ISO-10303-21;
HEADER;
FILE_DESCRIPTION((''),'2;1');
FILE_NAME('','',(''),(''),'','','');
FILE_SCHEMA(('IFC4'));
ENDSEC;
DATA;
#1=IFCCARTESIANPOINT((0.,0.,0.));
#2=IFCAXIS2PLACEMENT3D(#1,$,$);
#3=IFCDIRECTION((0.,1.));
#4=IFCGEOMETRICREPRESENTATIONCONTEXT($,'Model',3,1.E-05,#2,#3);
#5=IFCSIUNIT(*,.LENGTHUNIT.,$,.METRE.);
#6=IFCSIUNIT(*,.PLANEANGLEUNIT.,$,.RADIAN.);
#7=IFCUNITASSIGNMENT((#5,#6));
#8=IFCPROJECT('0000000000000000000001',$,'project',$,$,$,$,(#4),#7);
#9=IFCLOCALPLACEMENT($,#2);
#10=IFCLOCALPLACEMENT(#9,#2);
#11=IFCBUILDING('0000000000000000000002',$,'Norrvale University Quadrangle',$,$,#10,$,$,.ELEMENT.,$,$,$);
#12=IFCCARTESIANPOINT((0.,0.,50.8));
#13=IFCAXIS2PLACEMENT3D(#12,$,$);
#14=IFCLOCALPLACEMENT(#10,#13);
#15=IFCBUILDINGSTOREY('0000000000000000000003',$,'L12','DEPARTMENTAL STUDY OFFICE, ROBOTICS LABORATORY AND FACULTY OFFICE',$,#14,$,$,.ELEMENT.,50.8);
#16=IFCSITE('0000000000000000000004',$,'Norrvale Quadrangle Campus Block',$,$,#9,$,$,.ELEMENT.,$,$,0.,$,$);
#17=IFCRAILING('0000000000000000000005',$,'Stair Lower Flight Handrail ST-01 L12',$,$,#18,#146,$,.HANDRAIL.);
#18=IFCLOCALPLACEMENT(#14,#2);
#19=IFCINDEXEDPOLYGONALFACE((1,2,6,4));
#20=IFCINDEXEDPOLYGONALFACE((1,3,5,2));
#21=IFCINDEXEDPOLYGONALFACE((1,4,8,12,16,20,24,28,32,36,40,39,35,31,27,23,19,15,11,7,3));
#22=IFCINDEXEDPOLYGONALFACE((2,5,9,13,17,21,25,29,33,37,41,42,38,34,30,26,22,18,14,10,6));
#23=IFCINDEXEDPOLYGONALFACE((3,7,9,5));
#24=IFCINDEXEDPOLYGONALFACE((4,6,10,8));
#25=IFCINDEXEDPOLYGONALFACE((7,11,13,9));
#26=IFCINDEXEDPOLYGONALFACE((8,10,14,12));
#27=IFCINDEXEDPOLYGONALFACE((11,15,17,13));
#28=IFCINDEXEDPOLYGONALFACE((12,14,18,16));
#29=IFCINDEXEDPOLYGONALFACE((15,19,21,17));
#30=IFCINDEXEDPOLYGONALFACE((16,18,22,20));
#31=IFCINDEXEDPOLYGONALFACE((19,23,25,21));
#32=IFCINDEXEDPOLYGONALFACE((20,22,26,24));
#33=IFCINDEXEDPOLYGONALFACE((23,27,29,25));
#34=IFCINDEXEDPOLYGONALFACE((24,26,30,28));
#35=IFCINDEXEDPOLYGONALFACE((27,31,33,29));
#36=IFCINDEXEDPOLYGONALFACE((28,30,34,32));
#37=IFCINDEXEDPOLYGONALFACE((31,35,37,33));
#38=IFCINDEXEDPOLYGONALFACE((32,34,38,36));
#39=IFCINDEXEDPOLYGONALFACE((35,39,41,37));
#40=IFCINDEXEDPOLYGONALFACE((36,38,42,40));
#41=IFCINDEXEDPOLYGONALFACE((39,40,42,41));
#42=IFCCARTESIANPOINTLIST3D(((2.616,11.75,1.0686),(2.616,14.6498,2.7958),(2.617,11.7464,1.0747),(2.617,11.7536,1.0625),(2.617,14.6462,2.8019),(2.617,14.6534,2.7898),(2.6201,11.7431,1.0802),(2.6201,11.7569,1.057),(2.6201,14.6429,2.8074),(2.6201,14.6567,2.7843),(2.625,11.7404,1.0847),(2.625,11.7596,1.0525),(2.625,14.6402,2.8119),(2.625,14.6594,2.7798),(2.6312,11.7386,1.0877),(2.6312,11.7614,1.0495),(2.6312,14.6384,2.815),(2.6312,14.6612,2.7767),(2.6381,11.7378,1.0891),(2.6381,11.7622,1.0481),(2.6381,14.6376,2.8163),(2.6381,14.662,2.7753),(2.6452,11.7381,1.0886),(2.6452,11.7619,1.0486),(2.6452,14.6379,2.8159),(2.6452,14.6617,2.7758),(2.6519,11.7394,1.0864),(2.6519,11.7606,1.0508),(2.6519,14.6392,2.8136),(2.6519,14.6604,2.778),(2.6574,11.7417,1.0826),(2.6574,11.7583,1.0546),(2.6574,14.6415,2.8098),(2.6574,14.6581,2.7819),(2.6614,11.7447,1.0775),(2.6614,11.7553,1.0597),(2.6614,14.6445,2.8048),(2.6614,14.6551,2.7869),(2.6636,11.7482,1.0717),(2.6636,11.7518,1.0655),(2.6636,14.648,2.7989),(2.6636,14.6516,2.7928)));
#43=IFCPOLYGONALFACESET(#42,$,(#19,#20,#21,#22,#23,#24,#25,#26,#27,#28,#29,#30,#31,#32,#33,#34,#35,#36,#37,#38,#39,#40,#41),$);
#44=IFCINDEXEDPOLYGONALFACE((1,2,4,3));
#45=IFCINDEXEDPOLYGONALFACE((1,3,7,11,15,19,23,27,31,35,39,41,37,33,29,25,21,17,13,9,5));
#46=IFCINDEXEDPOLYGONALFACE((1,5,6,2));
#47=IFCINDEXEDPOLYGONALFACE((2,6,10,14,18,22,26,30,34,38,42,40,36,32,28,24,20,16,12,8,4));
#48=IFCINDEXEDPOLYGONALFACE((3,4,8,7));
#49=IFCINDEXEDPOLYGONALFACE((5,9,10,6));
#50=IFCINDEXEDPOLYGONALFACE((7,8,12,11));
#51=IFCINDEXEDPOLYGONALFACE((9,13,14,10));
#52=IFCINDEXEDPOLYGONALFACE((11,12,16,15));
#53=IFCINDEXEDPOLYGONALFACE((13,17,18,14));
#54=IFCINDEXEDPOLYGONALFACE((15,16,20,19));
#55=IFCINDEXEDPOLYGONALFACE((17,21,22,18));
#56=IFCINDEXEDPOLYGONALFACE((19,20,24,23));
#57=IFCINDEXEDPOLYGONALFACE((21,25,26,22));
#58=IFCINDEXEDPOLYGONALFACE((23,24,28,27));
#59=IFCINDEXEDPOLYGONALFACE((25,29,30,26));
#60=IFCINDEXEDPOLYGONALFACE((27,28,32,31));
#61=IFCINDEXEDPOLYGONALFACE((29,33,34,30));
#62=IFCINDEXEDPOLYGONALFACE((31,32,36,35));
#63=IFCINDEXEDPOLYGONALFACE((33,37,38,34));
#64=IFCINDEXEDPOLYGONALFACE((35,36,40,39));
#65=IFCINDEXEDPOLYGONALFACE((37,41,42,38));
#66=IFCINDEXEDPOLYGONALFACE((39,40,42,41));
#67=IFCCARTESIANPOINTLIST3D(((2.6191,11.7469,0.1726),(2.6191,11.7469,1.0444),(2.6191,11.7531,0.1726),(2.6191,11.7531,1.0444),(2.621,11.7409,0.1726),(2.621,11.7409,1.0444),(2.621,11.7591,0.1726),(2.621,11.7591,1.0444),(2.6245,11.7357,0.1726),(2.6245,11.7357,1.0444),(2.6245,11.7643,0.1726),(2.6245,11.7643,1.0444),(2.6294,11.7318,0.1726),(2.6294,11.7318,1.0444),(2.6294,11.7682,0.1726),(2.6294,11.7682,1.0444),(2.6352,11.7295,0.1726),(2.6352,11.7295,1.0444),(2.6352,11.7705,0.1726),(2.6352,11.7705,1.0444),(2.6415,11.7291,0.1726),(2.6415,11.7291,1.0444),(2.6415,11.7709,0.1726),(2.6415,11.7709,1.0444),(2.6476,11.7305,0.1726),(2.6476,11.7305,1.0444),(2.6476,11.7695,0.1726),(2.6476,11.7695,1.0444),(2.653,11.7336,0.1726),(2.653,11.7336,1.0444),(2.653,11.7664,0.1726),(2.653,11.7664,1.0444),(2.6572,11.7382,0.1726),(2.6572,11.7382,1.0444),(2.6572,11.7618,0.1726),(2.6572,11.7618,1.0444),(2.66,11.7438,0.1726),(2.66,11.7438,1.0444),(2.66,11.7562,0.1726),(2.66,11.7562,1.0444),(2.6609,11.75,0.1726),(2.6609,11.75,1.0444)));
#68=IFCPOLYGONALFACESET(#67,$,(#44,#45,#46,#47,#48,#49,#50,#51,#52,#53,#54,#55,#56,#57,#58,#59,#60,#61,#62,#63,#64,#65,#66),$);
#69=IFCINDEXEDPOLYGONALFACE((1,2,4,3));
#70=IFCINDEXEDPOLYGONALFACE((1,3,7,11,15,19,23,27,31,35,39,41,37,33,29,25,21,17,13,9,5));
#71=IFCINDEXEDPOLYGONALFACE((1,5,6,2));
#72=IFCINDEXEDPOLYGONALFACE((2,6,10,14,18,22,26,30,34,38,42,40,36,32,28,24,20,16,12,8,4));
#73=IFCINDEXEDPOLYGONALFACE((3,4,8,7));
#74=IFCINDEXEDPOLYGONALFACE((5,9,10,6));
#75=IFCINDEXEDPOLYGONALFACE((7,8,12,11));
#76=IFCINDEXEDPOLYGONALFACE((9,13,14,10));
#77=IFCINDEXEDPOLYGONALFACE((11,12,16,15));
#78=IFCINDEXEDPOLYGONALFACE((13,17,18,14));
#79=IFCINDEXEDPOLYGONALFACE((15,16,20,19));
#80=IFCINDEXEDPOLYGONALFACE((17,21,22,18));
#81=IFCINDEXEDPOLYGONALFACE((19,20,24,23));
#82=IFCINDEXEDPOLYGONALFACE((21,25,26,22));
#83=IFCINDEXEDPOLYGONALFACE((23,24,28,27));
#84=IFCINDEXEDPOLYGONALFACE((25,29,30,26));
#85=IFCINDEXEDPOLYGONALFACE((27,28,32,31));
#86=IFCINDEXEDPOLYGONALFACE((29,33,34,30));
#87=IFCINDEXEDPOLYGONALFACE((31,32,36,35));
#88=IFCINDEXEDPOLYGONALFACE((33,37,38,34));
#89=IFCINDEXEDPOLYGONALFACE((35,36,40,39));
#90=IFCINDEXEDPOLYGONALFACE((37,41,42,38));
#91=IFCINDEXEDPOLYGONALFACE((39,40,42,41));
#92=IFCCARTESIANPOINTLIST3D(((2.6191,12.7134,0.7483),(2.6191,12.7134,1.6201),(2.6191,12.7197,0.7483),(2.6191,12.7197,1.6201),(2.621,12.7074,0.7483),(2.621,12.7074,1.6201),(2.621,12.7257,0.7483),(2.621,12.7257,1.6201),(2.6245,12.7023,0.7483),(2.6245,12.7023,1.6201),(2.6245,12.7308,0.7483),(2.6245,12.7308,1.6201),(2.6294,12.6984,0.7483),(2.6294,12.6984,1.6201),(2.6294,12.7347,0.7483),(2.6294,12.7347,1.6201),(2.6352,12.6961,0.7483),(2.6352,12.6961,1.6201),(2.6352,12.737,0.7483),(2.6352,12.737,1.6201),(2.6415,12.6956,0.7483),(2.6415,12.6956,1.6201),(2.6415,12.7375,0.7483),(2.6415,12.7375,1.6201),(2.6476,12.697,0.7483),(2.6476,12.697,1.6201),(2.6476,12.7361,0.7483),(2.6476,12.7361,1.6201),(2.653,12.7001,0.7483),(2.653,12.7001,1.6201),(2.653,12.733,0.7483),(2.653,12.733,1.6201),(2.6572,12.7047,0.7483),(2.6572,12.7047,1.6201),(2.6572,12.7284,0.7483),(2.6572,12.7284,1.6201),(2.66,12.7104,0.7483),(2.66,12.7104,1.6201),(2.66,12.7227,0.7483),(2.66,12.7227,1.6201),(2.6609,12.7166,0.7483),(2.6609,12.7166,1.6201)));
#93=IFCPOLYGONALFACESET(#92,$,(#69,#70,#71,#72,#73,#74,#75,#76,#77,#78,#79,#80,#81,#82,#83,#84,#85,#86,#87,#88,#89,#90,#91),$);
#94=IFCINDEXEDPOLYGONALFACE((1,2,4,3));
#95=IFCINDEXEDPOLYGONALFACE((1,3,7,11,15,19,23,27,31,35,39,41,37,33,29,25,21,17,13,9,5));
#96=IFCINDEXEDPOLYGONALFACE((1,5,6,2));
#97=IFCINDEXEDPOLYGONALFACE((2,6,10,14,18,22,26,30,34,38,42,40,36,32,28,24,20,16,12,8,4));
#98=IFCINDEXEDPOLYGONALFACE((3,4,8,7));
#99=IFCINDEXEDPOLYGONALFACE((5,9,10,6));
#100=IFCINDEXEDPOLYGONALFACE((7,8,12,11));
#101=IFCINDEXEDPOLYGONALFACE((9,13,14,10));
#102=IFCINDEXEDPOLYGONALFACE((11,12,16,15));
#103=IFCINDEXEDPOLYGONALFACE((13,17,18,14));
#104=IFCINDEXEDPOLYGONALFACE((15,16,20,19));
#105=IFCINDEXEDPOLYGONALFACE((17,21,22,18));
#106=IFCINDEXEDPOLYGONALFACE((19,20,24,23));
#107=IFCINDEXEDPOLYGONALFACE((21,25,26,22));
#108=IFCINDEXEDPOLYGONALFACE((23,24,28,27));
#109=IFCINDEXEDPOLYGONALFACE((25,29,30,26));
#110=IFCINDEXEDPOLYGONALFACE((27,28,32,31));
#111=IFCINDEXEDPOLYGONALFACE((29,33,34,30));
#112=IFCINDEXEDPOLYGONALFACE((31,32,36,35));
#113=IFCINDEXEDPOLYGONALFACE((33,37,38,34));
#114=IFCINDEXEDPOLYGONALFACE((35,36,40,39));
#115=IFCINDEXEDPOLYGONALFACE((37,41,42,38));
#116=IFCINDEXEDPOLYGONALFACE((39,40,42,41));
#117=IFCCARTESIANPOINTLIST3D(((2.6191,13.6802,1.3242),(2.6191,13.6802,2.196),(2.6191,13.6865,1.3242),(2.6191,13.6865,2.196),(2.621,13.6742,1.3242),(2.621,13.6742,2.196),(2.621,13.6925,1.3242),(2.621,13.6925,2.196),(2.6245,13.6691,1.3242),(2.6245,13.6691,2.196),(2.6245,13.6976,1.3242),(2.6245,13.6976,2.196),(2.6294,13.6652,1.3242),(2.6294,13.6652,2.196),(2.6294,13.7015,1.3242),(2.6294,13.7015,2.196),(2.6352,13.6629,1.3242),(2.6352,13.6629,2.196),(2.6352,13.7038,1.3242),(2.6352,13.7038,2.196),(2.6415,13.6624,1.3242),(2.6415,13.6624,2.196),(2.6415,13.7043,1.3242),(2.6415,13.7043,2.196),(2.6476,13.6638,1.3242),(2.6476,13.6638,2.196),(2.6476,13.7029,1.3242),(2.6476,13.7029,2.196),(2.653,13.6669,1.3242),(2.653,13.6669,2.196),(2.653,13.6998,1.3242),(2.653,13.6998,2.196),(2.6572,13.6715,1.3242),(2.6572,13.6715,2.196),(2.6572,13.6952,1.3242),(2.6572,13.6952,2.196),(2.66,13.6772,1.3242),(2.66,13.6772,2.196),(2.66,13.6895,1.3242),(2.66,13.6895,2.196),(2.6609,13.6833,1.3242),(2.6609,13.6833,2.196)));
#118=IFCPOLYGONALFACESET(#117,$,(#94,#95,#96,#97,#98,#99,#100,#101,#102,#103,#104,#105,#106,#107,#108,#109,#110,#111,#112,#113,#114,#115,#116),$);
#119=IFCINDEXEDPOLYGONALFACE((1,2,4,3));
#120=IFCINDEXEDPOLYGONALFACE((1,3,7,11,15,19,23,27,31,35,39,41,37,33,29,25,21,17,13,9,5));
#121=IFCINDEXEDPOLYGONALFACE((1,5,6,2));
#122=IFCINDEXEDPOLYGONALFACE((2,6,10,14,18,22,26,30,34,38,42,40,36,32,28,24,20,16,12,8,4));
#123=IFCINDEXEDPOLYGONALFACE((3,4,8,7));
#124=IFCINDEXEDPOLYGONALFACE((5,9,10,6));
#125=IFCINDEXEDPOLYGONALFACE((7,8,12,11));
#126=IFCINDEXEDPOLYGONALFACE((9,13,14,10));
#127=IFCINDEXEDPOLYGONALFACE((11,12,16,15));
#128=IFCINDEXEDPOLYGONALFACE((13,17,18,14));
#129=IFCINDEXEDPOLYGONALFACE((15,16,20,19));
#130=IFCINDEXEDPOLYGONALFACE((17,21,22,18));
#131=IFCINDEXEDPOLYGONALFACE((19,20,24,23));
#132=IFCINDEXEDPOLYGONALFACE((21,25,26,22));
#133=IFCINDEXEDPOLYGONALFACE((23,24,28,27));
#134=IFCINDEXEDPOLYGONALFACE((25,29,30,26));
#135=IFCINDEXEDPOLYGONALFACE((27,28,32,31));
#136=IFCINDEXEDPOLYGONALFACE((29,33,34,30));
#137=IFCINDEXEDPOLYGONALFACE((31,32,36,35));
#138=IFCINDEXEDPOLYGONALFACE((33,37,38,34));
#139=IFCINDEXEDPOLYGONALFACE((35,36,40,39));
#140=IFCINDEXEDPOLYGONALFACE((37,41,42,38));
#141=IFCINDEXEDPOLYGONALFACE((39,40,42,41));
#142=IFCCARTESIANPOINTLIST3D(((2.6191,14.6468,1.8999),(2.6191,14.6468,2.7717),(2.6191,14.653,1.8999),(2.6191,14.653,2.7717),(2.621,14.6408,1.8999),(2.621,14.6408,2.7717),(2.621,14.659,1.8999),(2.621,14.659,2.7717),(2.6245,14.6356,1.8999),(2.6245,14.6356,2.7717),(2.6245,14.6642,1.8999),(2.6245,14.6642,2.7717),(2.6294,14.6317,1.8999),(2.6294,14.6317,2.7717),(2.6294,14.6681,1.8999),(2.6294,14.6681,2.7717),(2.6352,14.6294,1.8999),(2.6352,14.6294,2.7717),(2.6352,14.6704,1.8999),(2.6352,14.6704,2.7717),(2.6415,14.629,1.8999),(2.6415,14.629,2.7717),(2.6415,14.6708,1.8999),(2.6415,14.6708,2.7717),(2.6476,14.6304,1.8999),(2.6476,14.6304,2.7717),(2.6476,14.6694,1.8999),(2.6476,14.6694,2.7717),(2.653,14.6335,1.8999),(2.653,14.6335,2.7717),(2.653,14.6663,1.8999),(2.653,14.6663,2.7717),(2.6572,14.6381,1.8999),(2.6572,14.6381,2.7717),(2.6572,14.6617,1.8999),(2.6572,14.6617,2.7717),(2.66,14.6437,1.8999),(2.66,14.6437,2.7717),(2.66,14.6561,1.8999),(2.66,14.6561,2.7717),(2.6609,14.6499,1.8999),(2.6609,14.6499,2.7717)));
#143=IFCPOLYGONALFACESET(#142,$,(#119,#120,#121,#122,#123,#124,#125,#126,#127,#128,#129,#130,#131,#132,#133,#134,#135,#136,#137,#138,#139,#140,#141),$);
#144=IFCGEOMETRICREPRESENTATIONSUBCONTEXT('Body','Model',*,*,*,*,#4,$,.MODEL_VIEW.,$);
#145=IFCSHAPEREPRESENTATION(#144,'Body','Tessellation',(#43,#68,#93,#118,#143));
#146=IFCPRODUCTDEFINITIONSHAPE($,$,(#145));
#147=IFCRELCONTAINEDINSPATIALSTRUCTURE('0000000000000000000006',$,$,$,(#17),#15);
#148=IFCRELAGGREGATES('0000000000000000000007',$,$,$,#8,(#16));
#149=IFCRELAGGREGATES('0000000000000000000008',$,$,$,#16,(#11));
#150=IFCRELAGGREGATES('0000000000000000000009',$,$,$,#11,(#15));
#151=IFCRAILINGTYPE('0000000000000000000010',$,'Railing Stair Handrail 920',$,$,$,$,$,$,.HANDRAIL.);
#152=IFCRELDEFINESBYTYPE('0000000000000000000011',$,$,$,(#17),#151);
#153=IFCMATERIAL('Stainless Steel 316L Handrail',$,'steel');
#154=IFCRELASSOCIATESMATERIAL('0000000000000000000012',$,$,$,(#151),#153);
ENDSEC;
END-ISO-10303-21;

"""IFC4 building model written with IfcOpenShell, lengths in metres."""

from ifc_helpers import new_model, si_unit, direction, frame, origin, origin_2d, place, context, subcontext, project, spatial, circle, extrude, material, type_object, element, save


model = new_model("IFC4")

# Units and contexts
model_context = context("Model", 3, precision=1e-05, world=origin(), true_north=direction((0.0, 1.0)))
body_context = subcontext(model_context, "Body", "Model", "MODEL_VIEW")
ifc_project = project(units=[si_unit("LENGTHUNIT", "METRE"), si_unit("PLANEANGLEUNIT", "RADIAN")], contexts=[model_context])

# Site, building, storey
site_placement = place(None, origin())
site = spatial("IfcSite", under=ifc_project, at=site_placement, Name="Norrvale Quadrangle Campus Block", CompositionType="ELEMENT", RefElevation=0.0)
building_placement = place(site_placement, origin())
building = spatial("IfcBuilding", under=site, at=building_placement, Name="Norrvale University Quadrangle", CompositionType="ELEMENT")
storey_placement = place(building_placement, frame((0.0, 0.0, 50.8)))
storey = spatial("IfcBuildingStorey", under=building, at=storey_placement, Name="L12", Description="DEPARTMENTAL STUDY OFFICE, ROBOTICS LABORATORY AND FACULTY OFFICE", CompositionType="ELEMENT", Elevation=50.8)

# Railing
ifc_material_1 = material(Name="Stainless Steel 316L Handrail", Category="steel")
railing_type_1 = type_object("IfcRailingType", Name="Railing Stair Handrail 920", PredefinedType="HANDRAIL", material=ifc_material_1)
railing_1_placement = place(storey_placement, frame((2.6399, 11.75, 0.1726)))
element("IfcRailing", 1, at=railing_1_placement, inside=storey, type_object=railing_type_1, Name="Stair Lower Flight Handrail ST-01 L12", PredefinedType="HANDRAIL", context=body_context, shape_type="SweptSolid", body=[
    extrude(circle(Radius=0.0239, at=origin_2d()), frame((0.0, 0.0, 0.896), z_axis=(0.0, 0.859141, 0.511738), x_axis=(-1.0, 0.0, 0.0)), (0.0, 0.0, 1.0), 3.3752),
    extrude(circle(Radius=0.021, at=origin_2d()), origin(), (0.0, 0.0, 1.0), 0.8718),
    extrude(circle(Radius=0.021, at=origin_2d()), frame((0.0, 0.9666, 0.5757)), (0.0, 0.0, 1.0), 0.8718),
    extrude(circle(Radius=0.021, at=origin_2d()), frame((0.0, 1.9333, 1.1516)), (0.0, 0.0, 1.0), 0.8718),
    extrude(circle(Radius=0.021, at=origin_2d()), frame((0.0, 2.8999, 1.7273)), (0.0, 0.0, 1.0), 0.8718),
])

save(model, "model.ifc")
